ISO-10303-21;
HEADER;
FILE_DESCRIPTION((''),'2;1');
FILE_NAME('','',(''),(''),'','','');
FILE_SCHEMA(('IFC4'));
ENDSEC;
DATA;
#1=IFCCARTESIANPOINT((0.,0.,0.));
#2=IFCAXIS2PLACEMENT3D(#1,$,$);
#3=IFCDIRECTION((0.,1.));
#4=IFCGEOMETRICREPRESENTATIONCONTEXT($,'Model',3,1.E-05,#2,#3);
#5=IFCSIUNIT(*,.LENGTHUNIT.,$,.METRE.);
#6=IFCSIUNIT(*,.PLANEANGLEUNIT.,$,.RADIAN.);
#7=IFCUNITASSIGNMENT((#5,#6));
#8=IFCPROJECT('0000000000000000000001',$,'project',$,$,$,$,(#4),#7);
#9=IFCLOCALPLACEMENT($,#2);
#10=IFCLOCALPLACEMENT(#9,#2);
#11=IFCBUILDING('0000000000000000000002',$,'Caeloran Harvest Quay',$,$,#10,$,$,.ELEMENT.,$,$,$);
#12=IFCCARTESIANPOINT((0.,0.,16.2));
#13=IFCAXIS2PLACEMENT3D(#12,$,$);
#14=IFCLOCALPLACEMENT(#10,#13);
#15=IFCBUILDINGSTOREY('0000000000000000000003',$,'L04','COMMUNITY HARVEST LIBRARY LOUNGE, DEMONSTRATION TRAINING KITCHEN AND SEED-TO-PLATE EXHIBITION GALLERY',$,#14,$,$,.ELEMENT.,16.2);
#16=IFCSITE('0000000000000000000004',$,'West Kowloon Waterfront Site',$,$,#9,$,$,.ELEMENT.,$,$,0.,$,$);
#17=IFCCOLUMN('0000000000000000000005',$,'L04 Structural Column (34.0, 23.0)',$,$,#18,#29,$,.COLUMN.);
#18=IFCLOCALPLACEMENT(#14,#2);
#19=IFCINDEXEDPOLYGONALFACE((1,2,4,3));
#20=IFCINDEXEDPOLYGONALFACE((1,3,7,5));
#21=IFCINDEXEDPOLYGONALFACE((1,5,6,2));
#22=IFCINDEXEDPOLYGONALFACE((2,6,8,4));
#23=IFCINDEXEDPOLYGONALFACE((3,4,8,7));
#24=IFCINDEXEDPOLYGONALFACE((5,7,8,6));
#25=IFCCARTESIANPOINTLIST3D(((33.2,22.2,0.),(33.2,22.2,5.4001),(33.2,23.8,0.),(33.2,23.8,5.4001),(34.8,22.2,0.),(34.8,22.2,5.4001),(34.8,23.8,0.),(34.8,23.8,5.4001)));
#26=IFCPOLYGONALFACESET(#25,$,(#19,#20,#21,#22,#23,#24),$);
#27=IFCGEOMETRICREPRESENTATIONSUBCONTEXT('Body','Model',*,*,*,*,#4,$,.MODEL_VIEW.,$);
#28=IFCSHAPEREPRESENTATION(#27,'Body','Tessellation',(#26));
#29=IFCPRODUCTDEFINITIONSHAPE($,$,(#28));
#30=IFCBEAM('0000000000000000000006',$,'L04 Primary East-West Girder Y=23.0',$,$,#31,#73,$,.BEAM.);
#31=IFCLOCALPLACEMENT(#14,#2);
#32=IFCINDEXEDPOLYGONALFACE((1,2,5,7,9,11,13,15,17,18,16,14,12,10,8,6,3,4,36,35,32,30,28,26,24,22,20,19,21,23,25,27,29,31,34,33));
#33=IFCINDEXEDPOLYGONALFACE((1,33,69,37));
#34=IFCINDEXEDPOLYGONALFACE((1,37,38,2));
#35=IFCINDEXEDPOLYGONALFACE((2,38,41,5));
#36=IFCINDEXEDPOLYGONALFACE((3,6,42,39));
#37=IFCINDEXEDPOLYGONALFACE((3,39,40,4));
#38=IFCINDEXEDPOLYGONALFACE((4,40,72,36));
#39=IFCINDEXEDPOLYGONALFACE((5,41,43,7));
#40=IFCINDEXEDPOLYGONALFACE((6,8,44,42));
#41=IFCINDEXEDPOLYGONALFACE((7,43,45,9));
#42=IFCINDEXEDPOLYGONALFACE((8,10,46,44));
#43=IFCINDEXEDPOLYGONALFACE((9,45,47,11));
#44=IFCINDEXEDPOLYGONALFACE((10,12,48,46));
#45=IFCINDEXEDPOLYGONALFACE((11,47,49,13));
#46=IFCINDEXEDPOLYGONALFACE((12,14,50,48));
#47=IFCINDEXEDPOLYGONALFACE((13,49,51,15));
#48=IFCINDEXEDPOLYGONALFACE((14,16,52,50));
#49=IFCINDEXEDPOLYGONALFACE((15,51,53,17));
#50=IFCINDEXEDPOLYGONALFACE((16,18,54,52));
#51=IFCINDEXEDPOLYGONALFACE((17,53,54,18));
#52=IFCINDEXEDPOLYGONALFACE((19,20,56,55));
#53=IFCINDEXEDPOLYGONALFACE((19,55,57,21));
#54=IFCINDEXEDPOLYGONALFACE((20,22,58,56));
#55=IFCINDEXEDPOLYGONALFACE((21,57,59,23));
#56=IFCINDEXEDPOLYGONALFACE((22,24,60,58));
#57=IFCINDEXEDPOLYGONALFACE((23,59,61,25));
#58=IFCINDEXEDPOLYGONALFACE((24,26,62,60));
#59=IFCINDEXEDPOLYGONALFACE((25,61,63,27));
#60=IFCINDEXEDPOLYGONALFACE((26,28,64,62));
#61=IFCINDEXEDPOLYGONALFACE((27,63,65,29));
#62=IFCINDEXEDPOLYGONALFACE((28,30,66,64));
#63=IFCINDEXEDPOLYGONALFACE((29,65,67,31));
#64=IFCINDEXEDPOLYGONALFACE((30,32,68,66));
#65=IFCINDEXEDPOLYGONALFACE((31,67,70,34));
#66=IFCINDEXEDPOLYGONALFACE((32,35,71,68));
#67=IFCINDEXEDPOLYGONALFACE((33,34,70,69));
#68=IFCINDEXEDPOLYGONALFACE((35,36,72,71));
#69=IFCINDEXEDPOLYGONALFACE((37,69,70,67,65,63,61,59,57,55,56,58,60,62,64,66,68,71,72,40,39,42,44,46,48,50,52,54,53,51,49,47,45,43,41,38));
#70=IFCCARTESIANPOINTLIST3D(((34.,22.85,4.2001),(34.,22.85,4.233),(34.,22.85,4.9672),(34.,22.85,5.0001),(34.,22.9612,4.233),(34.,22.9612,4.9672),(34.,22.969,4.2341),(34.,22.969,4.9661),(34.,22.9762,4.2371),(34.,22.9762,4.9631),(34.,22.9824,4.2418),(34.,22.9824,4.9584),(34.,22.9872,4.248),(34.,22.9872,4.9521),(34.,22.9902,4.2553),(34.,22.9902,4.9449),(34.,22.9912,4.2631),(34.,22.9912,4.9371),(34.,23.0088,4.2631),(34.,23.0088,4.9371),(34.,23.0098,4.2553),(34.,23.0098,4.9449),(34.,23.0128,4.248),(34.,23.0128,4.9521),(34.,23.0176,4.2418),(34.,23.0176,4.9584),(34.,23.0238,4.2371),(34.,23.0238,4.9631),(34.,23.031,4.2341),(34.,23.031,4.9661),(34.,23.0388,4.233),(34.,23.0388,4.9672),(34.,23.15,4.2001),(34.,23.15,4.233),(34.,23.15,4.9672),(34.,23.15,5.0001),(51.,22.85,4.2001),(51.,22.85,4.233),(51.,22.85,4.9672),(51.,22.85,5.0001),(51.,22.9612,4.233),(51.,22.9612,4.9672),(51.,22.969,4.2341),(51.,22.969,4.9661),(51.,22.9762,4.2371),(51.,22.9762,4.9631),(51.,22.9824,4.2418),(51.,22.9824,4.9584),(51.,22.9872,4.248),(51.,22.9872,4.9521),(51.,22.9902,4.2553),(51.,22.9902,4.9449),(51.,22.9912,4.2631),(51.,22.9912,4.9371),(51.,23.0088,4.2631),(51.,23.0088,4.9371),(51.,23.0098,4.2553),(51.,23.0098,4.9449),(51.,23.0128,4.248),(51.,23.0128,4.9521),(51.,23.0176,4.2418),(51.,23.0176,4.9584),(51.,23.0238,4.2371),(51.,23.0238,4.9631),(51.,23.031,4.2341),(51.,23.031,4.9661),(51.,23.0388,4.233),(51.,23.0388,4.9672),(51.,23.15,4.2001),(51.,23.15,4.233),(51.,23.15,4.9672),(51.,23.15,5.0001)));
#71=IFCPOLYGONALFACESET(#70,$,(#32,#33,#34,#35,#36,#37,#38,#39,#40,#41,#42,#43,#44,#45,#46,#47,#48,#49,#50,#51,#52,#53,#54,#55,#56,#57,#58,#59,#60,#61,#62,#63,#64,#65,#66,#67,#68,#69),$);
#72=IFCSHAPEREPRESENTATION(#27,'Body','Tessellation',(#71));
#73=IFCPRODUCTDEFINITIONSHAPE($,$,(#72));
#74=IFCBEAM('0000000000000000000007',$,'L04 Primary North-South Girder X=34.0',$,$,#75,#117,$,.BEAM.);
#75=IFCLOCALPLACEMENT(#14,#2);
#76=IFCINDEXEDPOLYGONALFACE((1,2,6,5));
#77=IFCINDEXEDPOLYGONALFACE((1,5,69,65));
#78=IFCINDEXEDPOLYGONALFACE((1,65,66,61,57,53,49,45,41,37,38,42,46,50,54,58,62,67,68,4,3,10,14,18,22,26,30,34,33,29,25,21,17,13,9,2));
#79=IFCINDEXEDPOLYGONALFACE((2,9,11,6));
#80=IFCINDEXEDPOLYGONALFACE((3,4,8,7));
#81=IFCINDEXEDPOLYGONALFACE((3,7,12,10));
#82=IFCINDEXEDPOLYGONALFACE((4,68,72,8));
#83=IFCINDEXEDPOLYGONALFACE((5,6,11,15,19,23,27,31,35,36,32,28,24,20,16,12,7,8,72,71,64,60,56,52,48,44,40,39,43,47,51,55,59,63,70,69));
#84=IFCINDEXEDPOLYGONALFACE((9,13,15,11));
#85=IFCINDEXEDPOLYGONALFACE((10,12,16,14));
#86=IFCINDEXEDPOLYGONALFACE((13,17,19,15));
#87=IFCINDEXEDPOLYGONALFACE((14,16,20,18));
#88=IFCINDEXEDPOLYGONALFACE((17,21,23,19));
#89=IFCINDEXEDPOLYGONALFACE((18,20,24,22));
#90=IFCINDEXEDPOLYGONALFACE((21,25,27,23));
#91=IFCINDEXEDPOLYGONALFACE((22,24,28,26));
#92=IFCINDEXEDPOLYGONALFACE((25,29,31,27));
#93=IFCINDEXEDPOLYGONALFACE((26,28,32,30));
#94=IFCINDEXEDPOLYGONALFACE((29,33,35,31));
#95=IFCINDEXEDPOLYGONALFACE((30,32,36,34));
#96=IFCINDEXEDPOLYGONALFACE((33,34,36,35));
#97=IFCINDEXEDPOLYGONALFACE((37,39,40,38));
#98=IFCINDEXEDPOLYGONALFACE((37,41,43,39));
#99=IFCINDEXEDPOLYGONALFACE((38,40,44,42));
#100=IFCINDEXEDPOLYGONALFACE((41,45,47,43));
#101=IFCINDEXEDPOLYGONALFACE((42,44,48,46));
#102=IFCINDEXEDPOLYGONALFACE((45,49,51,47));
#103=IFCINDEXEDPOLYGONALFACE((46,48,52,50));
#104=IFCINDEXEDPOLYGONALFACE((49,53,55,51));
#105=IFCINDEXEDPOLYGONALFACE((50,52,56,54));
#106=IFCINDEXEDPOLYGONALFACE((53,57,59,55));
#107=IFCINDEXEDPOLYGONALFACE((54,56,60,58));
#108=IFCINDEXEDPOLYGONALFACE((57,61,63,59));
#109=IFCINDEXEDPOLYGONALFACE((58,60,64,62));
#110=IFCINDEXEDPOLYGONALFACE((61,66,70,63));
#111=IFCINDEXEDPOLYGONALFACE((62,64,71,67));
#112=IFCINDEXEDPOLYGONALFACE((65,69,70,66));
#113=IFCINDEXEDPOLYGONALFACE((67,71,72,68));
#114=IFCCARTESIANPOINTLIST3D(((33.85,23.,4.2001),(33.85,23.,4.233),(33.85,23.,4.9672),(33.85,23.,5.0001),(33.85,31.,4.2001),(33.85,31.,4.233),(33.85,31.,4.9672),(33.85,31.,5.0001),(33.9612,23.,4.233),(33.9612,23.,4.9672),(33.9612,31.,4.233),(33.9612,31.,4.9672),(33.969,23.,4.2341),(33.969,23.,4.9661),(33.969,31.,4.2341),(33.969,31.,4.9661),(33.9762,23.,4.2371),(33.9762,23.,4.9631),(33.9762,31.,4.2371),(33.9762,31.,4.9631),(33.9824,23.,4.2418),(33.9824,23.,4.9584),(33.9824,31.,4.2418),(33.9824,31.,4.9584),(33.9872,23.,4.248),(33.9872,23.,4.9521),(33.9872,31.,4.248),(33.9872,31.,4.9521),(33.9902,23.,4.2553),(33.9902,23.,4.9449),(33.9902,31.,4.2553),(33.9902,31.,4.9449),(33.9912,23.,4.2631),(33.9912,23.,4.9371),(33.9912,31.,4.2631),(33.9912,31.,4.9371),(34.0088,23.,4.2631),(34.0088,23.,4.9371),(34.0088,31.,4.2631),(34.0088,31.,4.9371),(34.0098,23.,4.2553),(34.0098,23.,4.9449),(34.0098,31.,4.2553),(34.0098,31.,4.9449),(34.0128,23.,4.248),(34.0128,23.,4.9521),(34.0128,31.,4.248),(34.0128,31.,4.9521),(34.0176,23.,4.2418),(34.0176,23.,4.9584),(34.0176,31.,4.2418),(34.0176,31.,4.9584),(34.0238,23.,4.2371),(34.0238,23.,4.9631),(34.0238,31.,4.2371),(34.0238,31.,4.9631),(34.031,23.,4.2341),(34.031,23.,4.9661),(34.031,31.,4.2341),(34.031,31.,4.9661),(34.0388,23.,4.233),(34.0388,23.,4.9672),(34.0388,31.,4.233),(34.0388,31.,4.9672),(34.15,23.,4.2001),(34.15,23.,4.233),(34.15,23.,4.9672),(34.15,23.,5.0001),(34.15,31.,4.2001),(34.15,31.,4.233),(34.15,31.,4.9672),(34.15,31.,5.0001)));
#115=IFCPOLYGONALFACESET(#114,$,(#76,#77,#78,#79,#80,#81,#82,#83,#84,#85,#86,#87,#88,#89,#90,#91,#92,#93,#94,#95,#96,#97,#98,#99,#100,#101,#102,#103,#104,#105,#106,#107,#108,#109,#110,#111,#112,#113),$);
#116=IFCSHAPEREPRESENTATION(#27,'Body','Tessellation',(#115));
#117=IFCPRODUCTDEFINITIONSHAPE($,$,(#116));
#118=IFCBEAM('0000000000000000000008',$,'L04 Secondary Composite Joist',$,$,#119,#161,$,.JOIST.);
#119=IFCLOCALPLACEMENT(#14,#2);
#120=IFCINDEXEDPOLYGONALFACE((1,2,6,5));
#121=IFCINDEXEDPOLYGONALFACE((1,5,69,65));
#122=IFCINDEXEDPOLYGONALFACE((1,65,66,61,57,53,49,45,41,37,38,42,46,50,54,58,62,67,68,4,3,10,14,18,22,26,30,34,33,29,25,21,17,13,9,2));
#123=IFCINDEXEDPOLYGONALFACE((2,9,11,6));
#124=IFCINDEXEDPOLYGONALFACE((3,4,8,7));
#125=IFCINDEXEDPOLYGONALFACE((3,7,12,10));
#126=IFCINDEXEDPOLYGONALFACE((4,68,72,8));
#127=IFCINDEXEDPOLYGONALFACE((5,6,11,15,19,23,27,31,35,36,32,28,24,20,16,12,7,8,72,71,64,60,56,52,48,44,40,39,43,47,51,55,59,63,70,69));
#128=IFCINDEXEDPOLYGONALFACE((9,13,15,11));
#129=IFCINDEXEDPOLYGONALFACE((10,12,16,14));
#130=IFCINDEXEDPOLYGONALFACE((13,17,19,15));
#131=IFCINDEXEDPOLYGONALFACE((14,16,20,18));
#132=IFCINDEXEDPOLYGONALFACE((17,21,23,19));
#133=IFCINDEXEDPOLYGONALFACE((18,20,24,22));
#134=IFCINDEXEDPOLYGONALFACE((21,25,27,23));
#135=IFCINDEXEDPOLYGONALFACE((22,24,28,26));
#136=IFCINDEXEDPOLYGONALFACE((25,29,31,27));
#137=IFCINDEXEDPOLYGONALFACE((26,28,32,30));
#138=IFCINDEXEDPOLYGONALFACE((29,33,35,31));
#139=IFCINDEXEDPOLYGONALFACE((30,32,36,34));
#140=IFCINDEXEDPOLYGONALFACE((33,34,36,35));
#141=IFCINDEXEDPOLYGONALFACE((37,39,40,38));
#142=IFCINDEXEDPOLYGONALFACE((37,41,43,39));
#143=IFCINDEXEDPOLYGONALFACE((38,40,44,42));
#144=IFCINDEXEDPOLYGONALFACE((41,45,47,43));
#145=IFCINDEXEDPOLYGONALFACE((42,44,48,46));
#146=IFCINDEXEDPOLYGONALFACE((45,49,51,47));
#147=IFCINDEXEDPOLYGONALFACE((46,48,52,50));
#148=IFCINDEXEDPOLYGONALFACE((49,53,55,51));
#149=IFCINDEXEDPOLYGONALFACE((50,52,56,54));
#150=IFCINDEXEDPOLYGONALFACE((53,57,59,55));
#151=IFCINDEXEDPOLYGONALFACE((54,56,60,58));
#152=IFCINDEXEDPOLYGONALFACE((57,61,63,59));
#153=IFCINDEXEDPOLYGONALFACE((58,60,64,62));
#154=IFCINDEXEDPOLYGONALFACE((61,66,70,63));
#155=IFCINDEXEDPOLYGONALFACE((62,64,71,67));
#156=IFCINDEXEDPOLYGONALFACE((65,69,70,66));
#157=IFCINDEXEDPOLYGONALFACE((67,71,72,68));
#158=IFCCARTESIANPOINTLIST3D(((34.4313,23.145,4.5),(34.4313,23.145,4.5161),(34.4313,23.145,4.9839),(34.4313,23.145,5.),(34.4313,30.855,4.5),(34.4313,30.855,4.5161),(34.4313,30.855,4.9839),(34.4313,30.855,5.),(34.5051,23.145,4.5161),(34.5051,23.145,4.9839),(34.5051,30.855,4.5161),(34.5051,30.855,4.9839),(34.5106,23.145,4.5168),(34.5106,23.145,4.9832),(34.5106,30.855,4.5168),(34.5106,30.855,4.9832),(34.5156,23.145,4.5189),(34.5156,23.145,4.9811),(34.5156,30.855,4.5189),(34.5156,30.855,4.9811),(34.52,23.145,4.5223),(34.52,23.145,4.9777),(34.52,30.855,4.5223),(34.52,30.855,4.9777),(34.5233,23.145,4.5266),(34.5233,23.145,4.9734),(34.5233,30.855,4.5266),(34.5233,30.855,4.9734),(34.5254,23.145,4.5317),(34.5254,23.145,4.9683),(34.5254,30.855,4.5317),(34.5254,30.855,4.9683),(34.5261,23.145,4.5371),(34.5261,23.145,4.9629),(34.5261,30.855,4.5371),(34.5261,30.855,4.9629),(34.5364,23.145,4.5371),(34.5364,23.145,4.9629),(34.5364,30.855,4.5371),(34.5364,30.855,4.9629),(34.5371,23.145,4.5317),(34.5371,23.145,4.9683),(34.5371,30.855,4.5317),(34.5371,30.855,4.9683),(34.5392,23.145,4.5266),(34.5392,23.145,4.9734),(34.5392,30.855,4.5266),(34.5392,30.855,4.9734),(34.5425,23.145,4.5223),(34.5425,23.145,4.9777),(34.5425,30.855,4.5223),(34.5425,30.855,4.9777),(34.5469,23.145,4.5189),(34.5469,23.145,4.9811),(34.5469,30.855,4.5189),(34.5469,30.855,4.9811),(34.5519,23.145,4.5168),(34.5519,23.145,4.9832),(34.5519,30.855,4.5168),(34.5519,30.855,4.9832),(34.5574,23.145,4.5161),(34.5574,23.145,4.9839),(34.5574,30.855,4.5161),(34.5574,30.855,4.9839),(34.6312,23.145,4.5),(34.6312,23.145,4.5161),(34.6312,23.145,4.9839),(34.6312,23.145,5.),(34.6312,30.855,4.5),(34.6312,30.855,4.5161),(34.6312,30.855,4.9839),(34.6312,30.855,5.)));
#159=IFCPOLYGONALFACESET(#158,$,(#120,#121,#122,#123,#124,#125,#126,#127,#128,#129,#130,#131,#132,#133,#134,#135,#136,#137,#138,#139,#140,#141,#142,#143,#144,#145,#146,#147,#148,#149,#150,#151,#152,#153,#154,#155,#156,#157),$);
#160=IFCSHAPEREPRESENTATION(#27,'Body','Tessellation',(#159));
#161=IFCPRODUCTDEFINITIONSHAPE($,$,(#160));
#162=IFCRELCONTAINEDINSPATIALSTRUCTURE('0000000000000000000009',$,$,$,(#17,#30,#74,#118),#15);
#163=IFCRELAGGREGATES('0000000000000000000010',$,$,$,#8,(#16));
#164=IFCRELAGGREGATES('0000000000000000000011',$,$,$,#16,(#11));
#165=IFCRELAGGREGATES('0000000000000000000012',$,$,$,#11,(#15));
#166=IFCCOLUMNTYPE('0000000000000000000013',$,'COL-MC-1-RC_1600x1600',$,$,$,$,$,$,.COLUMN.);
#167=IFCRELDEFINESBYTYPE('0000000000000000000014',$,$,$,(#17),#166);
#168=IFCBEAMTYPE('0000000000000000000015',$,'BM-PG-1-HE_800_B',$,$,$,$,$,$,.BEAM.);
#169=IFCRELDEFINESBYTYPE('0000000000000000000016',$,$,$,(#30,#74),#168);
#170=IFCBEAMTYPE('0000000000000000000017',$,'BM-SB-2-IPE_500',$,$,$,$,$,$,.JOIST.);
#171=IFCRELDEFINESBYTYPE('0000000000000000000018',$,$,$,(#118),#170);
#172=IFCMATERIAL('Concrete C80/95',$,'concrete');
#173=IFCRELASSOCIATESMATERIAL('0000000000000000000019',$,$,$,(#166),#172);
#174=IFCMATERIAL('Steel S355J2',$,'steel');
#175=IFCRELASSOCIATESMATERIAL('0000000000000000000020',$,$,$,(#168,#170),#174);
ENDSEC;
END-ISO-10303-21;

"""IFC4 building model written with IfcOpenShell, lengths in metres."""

from ifc_helpers import new_model, si_unit, direction, frame, origin, origin_2d, place, context, subcontext, project, spatial, rectangle, i_section, extrude, material, material_profile, profile_set, type_object, element, save


model = new_model("IFC4")

# Units and contexts
model_context = context("Model", 3, precision=1e-05, world=origin(), true_north=direction((0.0, 1.0)))
body_context = subcontext(model_context, "Body", "Model", "MODEL_VIEW")
ifc_project = project(units=[si_unit("LENGTHUNIT", "METRE"), si_unit("PLANEANGLEUNIT", "RADIAN")], contexts=[model_context])

# Site, building, storey
site_placement = place(None, origin())
site = spatial("IfcSite", under=ifc_project, at=site_placement, Name="West Kowloon Waterfront Site", CompositionType="ELEMENT", RefElevation=0.0)
building_placement = place(site_placement, origin())
building = spatial("IfcBuilding", under=site, at=building_placement, Name="Caeloran Harvest Quay", CompositionType="ELEMENT")
storey_placement = place(building_placement, frame((0.0, 0.0, 16.2)))
storey = spatial("IfcBuildingStorey", under=building, at=storey_placement, Name="L04", Description="COMMUNITY HARVEST LIBRARY LOUNGE, DEMONSTRATION TRAINING KITCHEN AND SEED-TO-PLATE EXHIBITION GALLERY", CompositionType="ELEMENT", Elevation=16.2)

# Column
ifc_material_1 = material(Name="Concrete C80/95", Category="concrete")
ifc_material_profile_1 = material_profile(ifc_material_1, rectangle(XDim=1.6001, YDim=1.6001, at=origin_2d()), Name="RC 1600x1600")
ifc_profile_set_1 = profile_set([ifc_material_profile_1], Name="Concrete C80/95")
column_type = type_object("IfcColumnType", Name="COL-MC-1-RC_1600x1600", PredefinedType="COLUMN", material=ifc_profile_set_1)
column_placement = place(storey_placement, frame((34.0, 23.0, 0.0), z_axis=(0.0, 0.0, 1.0), x_axis=(1.0, 0.0, 0.0)))
element("IfcColumn", 1, at=column_placement, inside=storey, type_object=column_type, Name="L04 Structural Column (34.0, 23.0)", PredefinedType="COLUMN", context=body_context, shape_type="SweptSolid", body=[
    extrude(rectangle(XDim=1.6001, YDim=1.6001, at=origin_2d()), origin(), (0.0, 0.0, 1.0), 5.4001),
])

# Beams
ifc_material_2 = material(Name="Steel S355J2", Category="steel")
ifc_material_profile_2 = material_profile(ifc_material_2, i_section(OverallWidth=0.3, OverallDepth=0.8, WebThickness=0.0176, FlangeThickness=0.033, FilletRadius=0.03, at=origin_2d()), Name="HE 800 B")
ifc_profile_set_2 = profile_set([ifc_material_profile_2], Name="Steel S355J2")
beam_type_1 = type_object("IfcBeamType", Name="BM-PG-1-HE_800_B", PredefinedType="BEAM", material=ifc_profile_set_2)
beam_1_placement = place(storey_placement, frame((34.0, 23.0, 4.6001), z_axis=(1.0, 0.0, 0.0), x_axis=(0.0, 1.0, 0.0)))
element("IfcBeam", 2, at=beam_1_placement, inside=storey, type_object=beam_type_1, Name="L04 Primary East-West Girder Y=23.0", PredefinedType="BEAM", context=body_context, shape_type="SweptSolid", body=[
    extrude(i_section(OverallWidth=0.3, OverallDepth=0.8, WebThickness=0.0176, FlangeThickness=0.033, FilletRadius=0.03, at=origin_2d()), origin(), (0.0, 0.0, 1.0), 17.0),
])
beam_2_placement = place(storey_placement, frame((34.0, 23.0, 4.6001), z_axis=(0.0, 1.0, 0.0), x_axis=(-1.0, 0.0, 0.0)))
element("IfcBeam", 3, at=beam_2_placement, inside=storey, type_object=beam_type_1, Name="L04 Primary North-South Girder X=34.0", PredefinedType="BEAM", context=body_context, shape_type="SweptSolid", body=[
    extrude(i_section(OverallWidth=0.3, OverallDepth=0.8, WebThickness=0.0176, FlangeThickness=0.033, FilletRadius=0.03, at=origin_2d()), origin(), (0.0, 0.0, 1.0), 8.0),
])
ifc_material_profile_3 = material_profile(ifc_material_2, i_section(OverallWidth=0.2, OverallDepth=0.5, WebThickness=0.0103, FlangeThickness=0.0161, FilletRadius=0.021, at=origin_2d()), Name="IPE 500")
ifc_profile_set_3 = profile_set([ifc_material_profile_3], Name="Steel S355J2")
beam_type_2 = type_object("IfcBeamType", Name="BM-SB-2-IPE_500", PredefinedType="JOIST", material=ifc_profile_set_3)
beam_3_placement = place(storey_placement, frame((34.5312, 23.145, 4.75), z_axis=(0.0, 1.0, 0.0), x_axis=(-1.0, 0.0, 0.0)))
element("IfcBeam", 4, at=beam_3_placement, inside=storey, type_object=beam_type_2, Name="L04 Secondary Composite Joist", PredefinedType="JOIST", context=body_context, shape_type="SweptSolid", body=[
    extrude(i_section(OverallWidth=0.2, OverallDepth=0.5, WebThickness=0.0103, FlangeThickness=0.0161, FilletRadius=0.021, at=origin_2d()), origin(), (0.0, 0.0, 1.0), 7.71),
])

save(model, "model.ifc")
